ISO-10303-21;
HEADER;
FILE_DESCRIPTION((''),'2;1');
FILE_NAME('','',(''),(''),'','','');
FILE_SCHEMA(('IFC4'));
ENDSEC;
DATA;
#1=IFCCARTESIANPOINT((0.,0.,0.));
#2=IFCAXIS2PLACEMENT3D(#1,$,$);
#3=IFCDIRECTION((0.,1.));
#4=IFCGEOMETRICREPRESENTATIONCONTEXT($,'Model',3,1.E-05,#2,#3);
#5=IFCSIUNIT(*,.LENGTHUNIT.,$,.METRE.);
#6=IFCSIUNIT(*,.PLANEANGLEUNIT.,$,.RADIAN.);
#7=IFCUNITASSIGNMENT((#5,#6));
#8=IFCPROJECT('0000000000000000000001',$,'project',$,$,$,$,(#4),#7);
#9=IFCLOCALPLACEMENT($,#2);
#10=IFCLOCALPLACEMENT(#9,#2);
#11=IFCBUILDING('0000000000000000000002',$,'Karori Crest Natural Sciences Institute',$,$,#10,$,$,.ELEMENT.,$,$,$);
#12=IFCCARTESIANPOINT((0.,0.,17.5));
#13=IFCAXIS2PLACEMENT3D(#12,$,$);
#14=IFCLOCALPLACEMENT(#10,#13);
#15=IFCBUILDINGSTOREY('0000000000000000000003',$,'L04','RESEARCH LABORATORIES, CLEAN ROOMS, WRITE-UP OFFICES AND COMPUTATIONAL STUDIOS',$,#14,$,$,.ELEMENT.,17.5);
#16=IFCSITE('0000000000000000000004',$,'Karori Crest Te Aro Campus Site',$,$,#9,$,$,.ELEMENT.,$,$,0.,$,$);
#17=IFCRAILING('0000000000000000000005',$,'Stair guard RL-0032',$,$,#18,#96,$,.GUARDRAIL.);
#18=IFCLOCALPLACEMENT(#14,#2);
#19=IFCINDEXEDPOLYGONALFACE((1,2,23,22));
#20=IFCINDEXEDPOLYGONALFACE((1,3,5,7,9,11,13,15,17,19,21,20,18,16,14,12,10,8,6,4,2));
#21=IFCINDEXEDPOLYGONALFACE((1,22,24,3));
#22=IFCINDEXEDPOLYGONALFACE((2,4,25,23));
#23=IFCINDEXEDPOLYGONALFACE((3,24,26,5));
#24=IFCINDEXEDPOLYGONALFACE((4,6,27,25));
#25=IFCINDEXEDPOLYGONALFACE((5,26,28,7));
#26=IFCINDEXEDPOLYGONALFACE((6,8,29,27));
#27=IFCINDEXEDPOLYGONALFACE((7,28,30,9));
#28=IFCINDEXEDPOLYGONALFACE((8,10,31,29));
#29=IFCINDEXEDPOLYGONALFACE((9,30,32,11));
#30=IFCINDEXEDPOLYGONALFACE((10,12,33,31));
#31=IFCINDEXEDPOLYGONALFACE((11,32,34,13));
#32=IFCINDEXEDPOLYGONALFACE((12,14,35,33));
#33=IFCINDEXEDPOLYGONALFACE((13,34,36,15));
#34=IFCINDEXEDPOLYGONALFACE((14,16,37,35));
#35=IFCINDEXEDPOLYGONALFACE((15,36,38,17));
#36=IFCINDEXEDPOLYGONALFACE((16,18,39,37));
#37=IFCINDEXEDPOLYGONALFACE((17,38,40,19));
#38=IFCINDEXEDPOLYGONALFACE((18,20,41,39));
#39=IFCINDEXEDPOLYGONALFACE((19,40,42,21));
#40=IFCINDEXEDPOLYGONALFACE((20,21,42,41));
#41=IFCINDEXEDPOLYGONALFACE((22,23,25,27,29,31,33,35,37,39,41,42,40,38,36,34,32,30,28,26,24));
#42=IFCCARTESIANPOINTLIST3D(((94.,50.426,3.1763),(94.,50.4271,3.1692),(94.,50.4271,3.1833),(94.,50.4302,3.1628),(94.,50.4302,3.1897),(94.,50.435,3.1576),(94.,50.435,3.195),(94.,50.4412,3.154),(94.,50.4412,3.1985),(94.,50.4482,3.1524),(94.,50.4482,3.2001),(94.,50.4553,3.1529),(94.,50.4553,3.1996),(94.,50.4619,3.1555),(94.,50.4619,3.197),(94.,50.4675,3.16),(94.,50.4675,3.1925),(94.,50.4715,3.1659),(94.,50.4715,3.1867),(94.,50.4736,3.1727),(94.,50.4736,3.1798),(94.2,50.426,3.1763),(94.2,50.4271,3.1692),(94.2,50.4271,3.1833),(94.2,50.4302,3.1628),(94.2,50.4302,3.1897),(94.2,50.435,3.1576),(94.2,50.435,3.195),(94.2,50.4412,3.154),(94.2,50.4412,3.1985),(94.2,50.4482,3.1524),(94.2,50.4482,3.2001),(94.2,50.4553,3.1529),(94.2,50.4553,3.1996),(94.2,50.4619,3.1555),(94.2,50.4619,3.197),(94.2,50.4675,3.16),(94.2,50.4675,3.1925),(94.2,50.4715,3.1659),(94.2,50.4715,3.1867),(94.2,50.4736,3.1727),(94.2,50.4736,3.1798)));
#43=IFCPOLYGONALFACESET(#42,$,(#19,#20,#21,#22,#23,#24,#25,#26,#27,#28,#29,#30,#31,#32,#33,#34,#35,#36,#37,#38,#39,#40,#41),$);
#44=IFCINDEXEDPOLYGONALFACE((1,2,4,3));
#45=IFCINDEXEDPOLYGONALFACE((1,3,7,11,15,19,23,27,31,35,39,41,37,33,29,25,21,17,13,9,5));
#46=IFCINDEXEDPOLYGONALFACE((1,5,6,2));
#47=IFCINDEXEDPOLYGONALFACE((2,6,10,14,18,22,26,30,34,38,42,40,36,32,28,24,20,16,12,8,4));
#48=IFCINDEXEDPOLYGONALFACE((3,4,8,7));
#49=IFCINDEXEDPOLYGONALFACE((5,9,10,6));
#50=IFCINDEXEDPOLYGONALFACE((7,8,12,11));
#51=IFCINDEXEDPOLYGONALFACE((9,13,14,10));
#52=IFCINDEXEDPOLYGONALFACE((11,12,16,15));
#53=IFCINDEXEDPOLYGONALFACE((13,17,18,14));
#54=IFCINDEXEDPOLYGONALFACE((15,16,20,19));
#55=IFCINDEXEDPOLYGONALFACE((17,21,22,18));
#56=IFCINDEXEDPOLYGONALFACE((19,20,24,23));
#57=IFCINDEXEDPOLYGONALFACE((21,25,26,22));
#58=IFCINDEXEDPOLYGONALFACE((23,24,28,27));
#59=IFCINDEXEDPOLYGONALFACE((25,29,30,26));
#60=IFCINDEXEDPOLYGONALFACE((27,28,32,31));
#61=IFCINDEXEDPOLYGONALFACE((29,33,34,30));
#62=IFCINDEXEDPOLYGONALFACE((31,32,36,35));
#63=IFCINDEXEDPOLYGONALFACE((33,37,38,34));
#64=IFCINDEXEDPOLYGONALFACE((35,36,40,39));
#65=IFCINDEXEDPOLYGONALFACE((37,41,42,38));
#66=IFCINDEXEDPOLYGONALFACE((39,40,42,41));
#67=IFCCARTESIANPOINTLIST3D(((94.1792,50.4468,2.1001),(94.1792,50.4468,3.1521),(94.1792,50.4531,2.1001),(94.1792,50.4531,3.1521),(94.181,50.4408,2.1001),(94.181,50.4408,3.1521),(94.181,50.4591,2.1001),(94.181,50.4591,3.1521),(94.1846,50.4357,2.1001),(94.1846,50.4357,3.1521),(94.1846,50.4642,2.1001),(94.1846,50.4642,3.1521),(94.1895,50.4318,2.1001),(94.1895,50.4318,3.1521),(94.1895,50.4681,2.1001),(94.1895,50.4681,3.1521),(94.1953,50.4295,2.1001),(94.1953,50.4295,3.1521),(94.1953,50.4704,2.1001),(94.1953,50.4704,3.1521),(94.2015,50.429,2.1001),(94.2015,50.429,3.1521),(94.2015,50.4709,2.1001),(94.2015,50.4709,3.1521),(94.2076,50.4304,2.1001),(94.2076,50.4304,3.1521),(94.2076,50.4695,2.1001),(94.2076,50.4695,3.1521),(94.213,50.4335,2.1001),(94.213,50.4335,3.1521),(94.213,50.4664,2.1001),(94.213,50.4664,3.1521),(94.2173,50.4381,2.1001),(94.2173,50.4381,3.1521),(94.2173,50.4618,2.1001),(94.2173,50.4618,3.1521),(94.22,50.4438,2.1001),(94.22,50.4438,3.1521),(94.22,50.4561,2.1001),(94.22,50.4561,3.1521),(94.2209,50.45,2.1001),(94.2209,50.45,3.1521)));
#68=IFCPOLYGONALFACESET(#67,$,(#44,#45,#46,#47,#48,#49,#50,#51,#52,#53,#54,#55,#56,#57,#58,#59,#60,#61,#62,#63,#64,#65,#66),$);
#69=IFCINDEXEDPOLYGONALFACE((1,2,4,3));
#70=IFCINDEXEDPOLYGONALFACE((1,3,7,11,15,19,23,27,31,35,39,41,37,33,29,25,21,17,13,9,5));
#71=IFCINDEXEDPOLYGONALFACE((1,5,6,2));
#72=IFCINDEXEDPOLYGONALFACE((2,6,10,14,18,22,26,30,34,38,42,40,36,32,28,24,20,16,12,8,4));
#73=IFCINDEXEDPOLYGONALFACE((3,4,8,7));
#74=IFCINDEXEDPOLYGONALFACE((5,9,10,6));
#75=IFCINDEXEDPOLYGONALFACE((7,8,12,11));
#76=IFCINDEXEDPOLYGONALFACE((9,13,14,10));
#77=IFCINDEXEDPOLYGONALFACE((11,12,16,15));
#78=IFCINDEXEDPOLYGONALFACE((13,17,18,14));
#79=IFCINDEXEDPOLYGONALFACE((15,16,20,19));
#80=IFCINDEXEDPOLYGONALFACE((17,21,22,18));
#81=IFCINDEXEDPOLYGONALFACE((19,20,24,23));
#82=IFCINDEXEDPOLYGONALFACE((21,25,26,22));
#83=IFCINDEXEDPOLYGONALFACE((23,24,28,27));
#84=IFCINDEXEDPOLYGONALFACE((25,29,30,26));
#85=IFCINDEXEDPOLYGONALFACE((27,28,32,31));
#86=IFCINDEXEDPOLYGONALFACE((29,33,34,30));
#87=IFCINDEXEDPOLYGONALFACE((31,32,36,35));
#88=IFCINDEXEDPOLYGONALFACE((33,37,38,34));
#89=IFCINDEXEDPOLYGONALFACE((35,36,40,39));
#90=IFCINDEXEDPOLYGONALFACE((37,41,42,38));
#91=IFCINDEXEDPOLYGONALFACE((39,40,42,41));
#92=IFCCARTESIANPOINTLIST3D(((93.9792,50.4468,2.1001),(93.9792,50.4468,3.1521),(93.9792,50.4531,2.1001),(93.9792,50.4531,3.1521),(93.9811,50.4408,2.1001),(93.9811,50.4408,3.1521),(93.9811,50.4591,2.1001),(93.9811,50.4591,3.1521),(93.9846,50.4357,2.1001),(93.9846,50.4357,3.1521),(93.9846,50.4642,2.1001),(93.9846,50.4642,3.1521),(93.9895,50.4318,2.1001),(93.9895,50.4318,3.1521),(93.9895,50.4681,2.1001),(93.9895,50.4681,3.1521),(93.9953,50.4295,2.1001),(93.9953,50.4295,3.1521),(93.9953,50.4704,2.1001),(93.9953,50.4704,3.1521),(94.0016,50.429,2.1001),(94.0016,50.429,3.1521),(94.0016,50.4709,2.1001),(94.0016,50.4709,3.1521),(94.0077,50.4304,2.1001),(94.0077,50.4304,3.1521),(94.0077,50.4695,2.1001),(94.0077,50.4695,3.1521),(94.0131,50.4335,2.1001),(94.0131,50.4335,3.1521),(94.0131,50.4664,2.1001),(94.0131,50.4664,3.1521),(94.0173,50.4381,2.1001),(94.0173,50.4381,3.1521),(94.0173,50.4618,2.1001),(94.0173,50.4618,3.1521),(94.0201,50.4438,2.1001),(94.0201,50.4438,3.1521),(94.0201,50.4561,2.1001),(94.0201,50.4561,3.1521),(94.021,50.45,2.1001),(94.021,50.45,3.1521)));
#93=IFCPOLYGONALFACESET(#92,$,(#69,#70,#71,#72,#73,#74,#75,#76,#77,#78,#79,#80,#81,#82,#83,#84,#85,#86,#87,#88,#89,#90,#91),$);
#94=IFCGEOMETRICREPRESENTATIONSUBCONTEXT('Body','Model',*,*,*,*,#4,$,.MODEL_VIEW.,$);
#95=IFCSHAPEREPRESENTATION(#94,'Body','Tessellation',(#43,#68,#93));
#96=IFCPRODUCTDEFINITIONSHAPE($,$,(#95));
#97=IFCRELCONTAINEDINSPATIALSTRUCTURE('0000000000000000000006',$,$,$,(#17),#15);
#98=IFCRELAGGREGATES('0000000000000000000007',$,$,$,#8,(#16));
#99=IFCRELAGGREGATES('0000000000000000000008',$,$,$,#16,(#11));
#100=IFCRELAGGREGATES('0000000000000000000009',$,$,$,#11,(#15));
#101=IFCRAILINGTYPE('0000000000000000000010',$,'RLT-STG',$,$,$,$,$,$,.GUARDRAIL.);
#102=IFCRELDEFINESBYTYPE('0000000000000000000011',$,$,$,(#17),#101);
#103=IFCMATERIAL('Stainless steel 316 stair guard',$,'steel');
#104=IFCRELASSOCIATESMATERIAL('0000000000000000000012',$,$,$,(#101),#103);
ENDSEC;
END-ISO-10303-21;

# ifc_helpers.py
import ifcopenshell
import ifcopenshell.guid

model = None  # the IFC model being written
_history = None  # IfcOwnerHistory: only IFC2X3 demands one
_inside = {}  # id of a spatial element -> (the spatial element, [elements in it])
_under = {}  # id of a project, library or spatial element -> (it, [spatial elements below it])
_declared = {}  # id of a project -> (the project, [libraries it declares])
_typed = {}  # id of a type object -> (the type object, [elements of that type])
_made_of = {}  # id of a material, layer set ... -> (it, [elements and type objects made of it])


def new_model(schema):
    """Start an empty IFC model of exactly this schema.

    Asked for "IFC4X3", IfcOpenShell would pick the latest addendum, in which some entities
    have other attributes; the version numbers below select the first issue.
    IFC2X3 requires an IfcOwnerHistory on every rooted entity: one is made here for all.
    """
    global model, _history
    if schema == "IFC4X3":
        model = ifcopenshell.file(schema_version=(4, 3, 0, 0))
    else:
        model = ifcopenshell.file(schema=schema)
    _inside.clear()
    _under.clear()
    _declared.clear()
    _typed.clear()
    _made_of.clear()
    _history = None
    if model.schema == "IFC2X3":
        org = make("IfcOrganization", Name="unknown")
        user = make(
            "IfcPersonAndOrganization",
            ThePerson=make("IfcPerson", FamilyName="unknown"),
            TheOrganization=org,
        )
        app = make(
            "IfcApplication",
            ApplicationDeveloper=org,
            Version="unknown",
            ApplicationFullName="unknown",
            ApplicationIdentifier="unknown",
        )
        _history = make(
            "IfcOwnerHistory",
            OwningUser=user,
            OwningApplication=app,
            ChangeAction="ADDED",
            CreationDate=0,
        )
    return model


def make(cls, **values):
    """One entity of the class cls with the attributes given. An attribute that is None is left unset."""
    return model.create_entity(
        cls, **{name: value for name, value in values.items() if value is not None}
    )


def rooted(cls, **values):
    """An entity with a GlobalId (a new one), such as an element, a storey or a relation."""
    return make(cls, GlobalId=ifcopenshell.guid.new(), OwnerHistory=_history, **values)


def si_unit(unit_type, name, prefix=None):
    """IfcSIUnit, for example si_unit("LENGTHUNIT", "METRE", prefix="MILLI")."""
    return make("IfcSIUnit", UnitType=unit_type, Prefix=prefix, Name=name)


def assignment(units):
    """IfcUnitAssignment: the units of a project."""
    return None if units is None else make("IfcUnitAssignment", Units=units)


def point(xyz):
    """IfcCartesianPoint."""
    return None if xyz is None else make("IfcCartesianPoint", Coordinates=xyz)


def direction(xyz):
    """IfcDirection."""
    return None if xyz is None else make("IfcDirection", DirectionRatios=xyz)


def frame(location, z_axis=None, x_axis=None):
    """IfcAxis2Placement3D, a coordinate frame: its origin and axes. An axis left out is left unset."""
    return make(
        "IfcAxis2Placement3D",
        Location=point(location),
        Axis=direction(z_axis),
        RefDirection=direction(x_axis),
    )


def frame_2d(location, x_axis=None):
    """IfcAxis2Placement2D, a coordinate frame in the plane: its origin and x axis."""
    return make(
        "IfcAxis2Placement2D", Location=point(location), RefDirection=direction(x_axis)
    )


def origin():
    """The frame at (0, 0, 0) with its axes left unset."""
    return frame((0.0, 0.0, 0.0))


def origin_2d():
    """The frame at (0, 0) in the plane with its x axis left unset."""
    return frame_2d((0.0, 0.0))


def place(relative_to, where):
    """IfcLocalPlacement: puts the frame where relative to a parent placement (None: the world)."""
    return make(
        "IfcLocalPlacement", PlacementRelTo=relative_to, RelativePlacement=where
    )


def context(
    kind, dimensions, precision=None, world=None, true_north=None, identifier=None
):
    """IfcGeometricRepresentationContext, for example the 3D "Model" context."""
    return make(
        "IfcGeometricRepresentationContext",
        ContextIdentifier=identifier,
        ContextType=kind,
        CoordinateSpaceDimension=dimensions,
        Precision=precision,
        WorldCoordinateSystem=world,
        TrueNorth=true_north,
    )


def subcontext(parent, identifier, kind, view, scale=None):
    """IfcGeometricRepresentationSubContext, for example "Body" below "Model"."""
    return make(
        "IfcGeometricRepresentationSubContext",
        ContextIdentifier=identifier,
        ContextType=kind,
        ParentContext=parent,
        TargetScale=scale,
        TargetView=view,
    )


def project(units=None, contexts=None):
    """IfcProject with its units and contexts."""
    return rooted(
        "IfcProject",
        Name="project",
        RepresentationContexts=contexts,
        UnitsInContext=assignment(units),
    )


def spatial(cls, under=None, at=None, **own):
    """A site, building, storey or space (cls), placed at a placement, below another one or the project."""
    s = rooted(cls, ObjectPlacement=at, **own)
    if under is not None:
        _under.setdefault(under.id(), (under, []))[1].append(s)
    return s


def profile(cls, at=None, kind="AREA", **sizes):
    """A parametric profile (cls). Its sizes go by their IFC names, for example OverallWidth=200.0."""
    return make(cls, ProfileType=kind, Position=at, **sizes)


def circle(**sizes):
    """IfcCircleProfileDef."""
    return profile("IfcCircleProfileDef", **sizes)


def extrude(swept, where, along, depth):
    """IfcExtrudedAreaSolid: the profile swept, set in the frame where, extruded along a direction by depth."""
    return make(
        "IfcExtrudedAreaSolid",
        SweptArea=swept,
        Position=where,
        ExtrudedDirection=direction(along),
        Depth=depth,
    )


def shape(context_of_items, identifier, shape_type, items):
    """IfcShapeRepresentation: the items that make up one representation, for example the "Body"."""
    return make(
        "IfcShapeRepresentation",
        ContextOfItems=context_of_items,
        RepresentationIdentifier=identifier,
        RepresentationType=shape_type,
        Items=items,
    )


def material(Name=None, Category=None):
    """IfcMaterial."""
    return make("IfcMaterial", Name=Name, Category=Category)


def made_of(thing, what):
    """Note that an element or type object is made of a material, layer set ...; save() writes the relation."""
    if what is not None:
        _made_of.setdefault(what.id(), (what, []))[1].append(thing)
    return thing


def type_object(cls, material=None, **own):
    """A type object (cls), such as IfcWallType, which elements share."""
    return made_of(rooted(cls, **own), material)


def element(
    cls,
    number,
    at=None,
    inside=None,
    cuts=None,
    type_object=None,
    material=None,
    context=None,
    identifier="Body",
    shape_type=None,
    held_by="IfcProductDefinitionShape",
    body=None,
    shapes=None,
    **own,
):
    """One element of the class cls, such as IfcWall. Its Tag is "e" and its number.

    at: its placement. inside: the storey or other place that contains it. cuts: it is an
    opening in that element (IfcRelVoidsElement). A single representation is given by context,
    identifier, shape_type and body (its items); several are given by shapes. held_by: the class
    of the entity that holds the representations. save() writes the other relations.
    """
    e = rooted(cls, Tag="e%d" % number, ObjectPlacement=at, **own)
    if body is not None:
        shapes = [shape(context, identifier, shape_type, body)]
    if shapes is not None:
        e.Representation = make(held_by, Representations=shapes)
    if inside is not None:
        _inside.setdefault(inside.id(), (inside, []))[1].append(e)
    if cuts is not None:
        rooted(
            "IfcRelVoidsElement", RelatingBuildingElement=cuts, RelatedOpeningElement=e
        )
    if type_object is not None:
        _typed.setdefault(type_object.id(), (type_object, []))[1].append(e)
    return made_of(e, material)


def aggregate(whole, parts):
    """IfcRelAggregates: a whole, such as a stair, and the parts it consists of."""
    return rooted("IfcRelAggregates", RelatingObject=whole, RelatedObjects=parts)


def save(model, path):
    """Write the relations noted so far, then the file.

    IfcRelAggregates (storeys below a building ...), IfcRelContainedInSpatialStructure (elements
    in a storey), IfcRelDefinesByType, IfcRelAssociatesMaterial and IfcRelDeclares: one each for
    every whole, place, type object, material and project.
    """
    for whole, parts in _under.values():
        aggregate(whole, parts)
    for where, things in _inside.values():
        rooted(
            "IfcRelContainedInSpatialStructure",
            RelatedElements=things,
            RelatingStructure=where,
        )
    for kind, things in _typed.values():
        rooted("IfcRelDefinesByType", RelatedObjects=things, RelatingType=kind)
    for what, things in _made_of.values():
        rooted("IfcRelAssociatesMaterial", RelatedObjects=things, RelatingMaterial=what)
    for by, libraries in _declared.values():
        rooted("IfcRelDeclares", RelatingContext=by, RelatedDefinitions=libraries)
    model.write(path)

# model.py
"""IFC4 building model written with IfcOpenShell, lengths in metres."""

from ifc_helpers import new_model, si_unit, direction, frame, origin, origin_2d, place, context, subcontext, project, spatial, circle, extrude, material, type_object, element, save


model = new_model("IFC4")

# Units and contexts
model_context = context("Model", 3, precision=1e-05, world=origin(), true_north=direction((0.0, 1.0)))
body_context = subcontext(model_context, "Body", "Model", "MODEL_VIEW")
ifc_project = project(units=[si_unit("LENGTHUNIT", "METRE"), si_unit("PLANEANGLEUNIT", "RADIAN")], contexts=[model_context])

# Site, building, storey
site_placement = place(None, origin())
site = spatial("IfcSite", under=ifc_project, at=site_placement, Name="Karori Crest Te Aro Campus Site", CompositionType="ELEMENT", RefElevation=0.0)
building_placement = place(site_placement, origin())
building = spatial("IfcBuilding", under=site, at=building_placement, Name="Karori Crest Natural Sciences Institute", CompositionType="ELEMENT")
storey_placement = place(building_placement, frame((0.0, 0.0, 17.5)))
storey = spatial("IfcBuildingStorey", under=building, at=storey_placement, Name="L04", Description="RESEARCH LABORATORIES, CLEAN ROOMS, WRITE-UP OFFICES AND COMPUTATIONAL STUDIOS", CompositionType="ELEMENT", Elevation=17.5)

# Railing
ifc_material_1 = material(Name="Stainless steel 316 stair guard", Category="steel")
railing_type_1 = type_object("IfcRailingType", Name="RLT-STG", PredefinedType="GUARDRAIL", material=ifc_material_1)
railing_1_placement = place(storey_placement, frame((94.2, 50.45, 2.1001)))
element("IfcRailing", 1, at=railing_1_placement, inside=storey, type_object=railing_type_1, Name="Stair guard RL-0032", PredefinedType="GUARDRAIL", context=body_context, shape_type="SweptSolid", body=[
    extrude(circle(Radius=0.0239, at=origin_2d()), frame((0.0, 0.0, 1.0762), z_axis=(-1.0, 0.0, 0.0), x_axis=(0.0, -1.0, 0.0)), (0.0, 0.0, 1.0), 0.2),
    extrude(circle(Radius=0.021, at=origin_2d()), origin(), (0.0, 0.0, 1.0), 1.052),
    extrude(circle(Radius=0.021, at=origin_2d()), frame((-0.2, 0.0, 0.0)), (0.0, 0.0, 1.0), 1.052),
])

save(model, "model.ifc")
